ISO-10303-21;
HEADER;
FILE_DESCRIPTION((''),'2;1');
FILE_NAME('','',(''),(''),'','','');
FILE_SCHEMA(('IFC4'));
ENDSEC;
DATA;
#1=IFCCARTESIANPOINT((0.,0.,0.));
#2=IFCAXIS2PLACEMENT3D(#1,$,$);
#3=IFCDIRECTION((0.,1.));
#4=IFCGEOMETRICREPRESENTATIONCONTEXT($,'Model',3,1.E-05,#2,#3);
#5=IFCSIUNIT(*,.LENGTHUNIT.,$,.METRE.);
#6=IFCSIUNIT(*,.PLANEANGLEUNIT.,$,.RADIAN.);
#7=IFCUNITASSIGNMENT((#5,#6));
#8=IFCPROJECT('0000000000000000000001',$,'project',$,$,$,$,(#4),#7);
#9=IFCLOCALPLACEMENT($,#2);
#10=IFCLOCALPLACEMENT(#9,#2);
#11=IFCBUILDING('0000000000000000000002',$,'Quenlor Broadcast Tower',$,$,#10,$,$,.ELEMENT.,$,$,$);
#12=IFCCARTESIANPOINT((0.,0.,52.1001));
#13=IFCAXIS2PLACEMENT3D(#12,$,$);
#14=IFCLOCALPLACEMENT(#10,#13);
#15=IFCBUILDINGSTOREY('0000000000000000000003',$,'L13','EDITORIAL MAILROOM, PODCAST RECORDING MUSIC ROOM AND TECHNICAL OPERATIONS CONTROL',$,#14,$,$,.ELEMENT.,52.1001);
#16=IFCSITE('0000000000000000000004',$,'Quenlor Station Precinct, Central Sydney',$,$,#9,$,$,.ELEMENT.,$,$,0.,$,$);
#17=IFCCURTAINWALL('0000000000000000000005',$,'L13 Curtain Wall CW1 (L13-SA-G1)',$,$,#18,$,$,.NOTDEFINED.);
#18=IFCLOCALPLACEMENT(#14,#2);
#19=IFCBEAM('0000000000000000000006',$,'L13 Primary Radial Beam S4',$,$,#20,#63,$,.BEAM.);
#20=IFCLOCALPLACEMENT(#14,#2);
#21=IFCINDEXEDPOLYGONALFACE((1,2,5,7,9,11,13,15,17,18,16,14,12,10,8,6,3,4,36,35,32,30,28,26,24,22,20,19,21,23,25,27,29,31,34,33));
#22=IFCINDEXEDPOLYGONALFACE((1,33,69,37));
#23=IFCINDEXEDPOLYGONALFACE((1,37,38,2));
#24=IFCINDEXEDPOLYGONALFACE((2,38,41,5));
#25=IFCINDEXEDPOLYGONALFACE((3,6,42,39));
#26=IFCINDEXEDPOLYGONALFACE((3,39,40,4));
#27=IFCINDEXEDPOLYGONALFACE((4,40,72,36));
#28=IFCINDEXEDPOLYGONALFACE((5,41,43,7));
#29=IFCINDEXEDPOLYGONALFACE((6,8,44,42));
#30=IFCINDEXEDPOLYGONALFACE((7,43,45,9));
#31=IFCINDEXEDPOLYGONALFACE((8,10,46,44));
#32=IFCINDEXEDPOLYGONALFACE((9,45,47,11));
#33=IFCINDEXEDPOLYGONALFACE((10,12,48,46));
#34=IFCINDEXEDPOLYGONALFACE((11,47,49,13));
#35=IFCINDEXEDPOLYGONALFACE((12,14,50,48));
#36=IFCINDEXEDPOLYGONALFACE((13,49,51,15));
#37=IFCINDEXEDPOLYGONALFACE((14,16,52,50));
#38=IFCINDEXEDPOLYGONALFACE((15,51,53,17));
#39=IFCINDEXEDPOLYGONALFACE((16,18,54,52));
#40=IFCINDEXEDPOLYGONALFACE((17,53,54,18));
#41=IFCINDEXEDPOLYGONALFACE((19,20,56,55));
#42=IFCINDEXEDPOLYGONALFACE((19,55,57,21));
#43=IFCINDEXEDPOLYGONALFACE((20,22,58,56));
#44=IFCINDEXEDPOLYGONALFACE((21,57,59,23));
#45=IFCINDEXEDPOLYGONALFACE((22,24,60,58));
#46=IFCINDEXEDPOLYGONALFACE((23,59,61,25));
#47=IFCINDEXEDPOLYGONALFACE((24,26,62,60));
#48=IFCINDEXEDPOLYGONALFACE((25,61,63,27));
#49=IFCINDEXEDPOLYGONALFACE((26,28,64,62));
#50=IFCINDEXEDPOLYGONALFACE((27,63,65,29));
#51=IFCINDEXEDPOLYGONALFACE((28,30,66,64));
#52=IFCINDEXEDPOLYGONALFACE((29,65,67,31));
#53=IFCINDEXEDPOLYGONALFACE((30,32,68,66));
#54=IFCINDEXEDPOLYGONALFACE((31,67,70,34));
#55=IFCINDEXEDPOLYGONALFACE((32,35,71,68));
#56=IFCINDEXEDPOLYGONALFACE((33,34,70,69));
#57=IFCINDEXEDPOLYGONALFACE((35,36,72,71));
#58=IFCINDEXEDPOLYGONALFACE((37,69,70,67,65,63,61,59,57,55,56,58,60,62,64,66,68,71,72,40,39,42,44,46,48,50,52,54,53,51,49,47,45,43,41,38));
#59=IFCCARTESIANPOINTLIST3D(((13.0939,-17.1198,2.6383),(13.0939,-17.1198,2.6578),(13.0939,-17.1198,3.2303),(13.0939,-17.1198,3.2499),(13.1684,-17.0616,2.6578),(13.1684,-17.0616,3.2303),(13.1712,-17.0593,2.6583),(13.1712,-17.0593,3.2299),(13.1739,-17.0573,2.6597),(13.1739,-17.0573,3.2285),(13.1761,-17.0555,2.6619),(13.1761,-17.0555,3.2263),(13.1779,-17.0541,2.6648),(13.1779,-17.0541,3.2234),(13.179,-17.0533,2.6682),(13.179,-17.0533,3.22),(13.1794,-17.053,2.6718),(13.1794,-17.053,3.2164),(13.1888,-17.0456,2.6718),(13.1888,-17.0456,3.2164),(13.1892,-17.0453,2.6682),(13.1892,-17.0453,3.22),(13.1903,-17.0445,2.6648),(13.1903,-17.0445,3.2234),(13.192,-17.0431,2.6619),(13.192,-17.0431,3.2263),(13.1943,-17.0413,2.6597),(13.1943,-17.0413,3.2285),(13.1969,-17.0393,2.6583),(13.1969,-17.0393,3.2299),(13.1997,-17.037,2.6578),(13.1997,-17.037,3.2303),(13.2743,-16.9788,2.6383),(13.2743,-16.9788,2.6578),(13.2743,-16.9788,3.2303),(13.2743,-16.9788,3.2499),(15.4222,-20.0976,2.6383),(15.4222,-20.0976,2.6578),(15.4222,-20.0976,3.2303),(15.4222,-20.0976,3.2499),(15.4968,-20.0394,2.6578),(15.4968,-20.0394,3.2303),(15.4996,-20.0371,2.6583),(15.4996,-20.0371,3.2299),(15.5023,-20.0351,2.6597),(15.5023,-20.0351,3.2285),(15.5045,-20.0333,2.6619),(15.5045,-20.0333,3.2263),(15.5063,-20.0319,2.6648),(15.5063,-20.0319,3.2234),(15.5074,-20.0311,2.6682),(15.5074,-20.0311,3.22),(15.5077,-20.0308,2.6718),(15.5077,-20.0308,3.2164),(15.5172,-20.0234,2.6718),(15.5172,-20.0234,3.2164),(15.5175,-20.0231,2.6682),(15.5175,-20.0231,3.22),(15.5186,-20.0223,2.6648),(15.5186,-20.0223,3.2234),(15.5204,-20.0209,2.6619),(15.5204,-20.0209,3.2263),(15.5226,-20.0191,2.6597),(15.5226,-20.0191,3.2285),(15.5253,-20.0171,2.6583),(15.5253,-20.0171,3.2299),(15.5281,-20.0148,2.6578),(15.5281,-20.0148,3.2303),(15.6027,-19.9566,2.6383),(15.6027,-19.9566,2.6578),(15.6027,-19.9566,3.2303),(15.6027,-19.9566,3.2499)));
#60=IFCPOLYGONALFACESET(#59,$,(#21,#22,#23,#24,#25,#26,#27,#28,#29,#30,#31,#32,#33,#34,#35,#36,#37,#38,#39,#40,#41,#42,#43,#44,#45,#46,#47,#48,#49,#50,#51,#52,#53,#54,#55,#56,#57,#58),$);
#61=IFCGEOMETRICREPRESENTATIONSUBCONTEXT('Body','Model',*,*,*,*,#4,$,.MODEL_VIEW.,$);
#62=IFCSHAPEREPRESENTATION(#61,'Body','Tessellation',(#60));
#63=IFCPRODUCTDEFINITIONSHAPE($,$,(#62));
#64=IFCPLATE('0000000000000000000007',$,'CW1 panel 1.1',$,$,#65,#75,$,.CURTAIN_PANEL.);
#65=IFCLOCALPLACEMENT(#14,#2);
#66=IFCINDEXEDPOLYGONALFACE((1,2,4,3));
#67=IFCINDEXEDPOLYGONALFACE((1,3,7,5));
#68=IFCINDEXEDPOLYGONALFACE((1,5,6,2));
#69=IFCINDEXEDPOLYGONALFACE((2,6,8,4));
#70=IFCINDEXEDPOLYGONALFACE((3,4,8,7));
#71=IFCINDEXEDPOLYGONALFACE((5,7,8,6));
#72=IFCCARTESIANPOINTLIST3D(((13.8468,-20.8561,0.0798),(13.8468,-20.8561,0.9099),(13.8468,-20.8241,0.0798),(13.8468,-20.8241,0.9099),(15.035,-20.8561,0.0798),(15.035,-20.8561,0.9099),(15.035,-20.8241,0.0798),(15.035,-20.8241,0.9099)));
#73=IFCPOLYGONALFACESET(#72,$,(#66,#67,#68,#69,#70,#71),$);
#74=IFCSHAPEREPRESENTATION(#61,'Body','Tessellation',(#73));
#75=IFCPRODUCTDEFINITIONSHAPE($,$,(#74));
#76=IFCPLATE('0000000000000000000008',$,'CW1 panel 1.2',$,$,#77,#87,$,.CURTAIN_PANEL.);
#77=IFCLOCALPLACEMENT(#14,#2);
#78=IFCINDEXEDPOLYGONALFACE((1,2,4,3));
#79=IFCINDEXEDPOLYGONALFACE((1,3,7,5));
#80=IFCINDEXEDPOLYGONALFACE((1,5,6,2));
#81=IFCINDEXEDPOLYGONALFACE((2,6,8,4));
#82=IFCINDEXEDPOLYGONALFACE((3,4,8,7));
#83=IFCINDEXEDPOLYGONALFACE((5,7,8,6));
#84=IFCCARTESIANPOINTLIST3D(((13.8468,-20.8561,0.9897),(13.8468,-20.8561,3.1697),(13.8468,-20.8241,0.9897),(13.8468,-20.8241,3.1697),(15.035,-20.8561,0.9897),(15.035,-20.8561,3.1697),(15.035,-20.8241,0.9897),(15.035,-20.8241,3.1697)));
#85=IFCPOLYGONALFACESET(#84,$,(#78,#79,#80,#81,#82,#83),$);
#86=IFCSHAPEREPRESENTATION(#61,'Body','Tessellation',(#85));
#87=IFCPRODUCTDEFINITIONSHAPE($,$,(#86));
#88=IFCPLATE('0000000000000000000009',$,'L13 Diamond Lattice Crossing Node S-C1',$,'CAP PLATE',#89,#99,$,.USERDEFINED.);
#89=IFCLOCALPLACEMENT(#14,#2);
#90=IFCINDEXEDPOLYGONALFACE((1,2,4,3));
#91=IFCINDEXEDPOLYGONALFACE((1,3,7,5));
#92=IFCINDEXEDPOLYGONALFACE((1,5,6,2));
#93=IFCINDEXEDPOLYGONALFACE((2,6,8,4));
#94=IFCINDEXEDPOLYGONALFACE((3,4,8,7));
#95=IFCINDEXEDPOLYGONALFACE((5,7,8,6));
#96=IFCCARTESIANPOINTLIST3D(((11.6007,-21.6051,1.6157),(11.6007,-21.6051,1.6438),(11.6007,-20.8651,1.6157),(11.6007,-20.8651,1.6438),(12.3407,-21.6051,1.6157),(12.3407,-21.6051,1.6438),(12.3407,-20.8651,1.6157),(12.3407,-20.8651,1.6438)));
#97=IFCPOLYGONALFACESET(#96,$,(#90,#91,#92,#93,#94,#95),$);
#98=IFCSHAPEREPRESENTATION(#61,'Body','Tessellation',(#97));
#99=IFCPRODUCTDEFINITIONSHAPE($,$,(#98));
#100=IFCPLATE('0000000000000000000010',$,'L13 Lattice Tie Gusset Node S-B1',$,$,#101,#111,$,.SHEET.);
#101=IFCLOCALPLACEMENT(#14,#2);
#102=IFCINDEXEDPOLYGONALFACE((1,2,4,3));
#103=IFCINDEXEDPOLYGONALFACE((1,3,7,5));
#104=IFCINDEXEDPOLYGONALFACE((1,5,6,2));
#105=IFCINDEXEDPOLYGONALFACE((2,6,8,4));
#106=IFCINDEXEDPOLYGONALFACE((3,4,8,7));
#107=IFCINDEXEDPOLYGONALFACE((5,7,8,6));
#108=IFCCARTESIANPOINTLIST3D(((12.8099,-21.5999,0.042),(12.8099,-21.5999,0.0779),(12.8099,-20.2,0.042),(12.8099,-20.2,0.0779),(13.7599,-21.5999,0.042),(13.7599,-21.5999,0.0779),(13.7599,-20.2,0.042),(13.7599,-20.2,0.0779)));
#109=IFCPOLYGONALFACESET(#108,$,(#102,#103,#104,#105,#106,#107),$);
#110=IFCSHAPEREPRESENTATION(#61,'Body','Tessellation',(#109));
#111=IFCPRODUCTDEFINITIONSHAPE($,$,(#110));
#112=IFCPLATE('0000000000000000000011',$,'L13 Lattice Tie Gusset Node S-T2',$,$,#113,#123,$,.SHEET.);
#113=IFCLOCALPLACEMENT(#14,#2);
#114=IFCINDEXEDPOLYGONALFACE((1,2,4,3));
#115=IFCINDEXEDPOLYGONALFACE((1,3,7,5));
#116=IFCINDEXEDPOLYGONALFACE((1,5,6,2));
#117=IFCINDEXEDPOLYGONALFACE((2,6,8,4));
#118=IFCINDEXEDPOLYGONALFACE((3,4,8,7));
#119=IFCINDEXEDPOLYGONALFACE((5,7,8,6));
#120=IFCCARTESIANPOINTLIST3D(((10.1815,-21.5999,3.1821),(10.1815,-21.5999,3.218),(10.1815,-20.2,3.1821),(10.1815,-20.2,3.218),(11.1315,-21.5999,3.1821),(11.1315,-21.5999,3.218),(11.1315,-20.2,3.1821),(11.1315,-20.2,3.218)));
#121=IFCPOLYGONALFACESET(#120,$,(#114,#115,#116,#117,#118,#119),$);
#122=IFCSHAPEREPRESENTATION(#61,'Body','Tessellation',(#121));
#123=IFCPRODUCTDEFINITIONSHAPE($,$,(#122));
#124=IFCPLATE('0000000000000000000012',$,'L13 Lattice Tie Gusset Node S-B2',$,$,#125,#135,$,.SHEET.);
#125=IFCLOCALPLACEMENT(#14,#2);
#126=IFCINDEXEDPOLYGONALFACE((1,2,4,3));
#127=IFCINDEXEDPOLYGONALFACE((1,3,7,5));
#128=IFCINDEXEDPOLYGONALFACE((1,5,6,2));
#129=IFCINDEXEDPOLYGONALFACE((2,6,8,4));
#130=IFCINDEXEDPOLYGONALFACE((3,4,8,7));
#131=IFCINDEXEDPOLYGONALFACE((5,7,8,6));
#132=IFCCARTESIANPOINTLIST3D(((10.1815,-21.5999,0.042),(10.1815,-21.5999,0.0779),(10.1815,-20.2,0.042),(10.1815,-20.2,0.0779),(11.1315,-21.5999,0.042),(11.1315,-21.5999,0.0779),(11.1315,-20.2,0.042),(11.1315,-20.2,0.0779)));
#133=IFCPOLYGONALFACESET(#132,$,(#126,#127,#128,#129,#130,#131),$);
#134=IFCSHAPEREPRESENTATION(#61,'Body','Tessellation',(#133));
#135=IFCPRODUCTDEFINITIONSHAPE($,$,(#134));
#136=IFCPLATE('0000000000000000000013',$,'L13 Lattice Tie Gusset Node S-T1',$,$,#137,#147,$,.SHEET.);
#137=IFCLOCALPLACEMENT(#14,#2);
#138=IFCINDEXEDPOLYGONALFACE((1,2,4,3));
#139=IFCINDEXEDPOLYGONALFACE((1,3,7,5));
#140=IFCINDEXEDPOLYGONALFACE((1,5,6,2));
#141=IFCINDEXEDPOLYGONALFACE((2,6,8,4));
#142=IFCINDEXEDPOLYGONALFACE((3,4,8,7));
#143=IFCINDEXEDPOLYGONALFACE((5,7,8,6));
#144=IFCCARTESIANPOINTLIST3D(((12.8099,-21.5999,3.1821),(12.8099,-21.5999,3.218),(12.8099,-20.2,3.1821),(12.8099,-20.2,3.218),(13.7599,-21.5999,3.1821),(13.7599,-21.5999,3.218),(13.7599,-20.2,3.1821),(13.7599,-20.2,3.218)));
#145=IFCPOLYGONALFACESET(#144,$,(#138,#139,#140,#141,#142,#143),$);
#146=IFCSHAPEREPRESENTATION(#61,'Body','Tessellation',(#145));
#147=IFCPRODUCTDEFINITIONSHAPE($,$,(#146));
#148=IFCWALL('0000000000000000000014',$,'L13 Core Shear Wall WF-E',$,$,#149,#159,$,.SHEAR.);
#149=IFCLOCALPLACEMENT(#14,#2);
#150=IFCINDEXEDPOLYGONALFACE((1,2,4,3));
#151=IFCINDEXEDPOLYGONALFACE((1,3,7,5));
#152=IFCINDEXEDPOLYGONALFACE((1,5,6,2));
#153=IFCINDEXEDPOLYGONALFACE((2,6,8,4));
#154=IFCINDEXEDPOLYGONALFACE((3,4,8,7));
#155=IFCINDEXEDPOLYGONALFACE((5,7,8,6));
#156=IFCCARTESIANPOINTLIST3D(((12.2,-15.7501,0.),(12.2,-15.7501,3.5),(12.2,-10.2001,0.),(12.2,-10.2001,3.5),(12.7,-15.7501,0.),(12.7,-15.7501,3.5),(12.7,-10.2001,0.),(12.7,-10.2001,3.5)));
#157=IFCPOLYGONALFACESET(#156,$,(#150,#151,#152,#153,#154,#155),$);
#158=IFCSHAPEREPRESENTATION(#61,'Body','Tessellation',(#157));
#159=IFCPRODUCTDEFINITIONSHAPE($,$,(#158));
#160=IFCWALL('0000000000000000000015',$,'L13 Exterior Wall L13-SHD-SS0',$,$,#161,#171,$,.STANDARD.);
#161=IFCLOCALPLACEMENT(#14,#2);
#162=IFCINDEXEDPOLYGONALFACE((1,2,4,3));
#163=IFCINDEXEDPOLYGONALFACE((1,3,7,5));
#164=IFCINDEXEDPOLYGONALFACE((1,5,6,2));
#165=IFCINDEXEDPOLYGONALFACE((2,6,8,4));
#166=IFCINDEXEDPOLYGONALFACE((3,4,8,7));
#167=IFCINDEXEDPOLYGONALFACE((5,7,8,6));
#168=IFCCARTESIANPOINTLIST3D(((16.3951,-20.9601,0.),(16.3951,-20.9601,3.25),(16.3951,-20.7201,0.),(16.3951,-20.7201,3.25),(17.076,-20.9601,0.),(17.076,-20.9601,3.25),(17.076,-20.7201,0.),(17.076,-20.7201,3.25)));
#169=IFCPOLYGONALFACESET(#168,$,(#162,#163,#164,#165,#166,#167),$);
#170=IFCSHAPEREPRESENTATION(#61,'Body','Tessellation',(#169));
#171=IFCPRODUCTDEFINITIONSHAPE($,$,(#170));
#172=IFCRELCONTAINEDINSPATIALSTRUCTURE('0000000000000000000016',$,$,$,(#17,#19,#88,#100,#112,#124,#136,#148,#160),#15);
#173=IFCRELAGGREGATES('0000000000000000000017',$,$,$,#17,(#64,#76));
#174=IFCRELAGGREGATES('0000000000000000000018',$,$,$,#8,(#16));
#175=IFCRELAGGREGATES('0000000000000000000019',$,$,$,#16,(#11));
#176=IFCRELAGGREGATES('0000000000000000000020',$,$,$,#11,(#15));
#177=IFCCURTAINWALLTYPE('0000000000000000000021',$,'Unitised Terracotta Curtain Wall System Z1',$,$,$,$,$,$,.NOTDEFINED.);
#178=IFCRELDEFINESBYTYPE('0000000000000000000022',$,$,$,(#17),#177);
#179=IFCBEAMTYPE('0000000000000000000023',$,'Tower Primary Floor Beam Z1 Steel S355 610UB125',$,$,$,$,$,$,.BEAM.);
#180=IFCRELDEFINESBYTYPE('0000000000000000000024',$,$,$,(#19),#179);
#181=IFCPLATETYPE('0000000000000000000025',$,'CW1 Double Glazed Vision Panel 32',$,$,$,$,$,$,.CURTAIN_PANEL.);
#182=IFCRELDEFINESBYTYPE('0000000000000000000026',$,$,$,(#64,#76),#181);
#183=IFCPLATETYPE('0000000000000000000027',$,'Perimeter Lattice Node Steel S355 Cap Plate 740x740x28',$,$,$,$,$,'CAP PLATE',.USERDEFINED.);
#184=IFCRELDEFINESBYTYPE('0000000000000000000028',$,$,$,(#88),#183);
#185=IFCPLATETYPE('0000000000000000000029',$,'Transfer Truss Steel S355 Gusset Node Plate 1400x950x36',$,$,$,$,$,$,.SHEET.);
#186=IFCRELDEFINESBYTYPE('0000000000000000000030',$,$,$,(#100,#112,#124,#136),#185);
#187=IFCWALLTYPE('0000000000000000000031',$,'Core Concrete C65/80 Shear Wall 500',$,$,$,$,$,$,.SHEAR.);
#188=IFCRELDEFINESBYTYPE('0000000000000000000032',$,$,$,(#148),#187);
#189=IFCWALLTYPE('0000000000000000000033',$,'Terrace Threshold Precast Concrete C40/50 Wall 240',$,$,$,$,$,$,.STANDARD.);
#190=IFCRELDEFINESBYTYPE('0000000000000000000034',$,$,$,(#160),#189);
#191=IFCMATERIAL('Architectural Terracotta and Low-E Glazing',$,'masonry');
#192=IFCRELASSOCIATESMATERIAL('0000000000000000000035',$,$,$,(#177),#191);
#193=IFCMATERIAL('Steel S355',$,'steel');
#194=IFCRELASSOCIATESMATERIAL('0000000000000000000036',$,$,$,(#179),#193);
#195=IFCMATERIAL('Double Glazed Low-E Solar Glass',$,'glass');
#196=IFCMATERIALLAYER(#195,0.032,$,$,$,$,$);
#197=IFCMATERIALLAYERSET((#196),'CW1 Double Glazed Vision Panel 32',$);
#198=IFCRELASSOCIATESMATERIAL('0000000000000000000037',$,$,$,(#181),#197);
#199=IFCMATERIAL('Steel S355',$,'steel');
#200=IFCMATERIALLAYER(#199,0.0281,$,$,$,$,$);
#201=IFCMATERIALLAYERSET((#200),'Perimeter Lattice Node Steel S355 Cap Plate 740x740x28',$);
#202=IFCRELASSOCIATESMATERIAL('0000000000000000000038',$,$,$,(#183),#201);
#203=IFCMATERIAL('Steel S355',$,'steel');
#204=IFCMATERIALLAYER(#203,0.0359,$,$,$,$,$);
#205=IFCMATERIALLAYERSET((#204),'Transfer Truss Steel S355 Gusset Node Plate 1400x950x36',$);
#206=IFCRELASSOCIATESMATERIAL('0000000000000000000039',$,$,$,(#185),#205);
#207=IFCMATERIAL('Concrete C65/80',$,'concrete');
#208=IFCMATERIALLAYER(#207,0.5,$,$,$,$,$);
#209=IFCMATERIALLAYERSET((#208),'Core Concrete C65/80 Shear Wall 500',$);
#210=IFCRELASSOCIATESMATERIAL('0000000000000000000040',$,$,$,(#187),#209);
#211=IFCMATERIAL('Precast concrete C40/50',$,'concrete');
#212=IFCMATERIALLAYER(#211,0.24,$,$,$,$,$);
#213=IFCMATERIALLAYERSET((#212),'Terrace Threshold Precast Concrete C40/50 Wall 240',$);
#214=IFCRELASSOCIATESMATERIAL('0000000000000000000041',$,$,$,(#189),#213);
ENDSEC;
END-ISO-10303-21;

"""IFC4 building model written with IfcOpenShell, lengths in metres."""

from ifc_helpers import new_model, si_unit, direction, frame, frame_2d, origin, origin_2d, place, context, subcontext, project, spatial, rectangle, i_section, extrude, material, layer, layer_set, material_profile, profile_set, type_object, element, aggregate, save


model = new_model("IFC4")

# Units and contexts
model_context = context("Model", 3, precision=1e-05, world=origin(), true_north=direction((0.0, 1.0)))
body_context = subcontext(model_context, "Body", "Model", "MODEL_VIEW")
ifc_project = project(units=[si_unit("LENGTHUNIT", "METRE"), si_unit("PLANEANGLEUNIT", "RADIAN")], contexts=[model_context])

# Site, building, storey
site_placement = place(None, origin())
site = spatial("IfcSite", under=ifc_project, at=site_placement, Name="Quenlor Station Precinct, Central Sydney", CompositionType="ELEMENT", RefElevation=0.0)
building_placement = place(site_placement, origin())
building = spatial("IfcBuilding", under=site, at=building_placement, Name="Quenlor Broadcast Tower", CompositionType="ELEMENT")
storey_placement = place(building_placement, frame((0.0, 0.0, 52.1001)))
storey = spatial("IfcBuildingStorey", under=building, at=storey_placement, Name="L13", Description="EDITORIAL MAILROOM, PODCAST RECORDING MUSIC ROOM AND TECHNICAL OPERATIONS CONTROL", CompositionType="ELEMENT", Elevation=52.1001)

# Curtain wall
ifc_material_1 = material(Name="Architectural Terracotta and Low-E Glazing", Category="masonry")
curtain_wall_type = type_object("IfcCurtainWallType", Name="Unitised Terracotta Curtain Wall System Z1", PredefinedType="NOTDEFINED", material=ifc_material_1)
curtain_wall_1_placement = place(storey_placement, origin())
curtain_wall_1 = element("IfcCurtainWall", 1, at=curtain_wall_1_placement, inside=storey, type_object=curtain_wall_type, Name="L13 Curtain Wall CW1 (L13-SA-G1)", PredefinedType="NOTDEFINED")

# Beam
ifc_material_2 = material(Name="Steel S355", Category="steel")
ifc_material_profile_1 = material_profile(ifc_material_2, i_section(OverallWidth=0.229, OverallDepth=0.6116, WebThickness=0.012, FlangeThickness=0.0195, FilletRadius=0.0139, at=origin_2d()))
ifc_profile_set_1 = profile_set([ifc_material_profile_1], Name="Steel S355 610UB125")
beam_type_1 = type_object("IfcBeamType", Name="Tower Primary Floor Beam Z1 Steel S355 610UB125", PredefinedType="BEAM", material=ifc_profile_set_1)
beam_1_placement = place(storey_placement, frame((15.5125, -20.0271, 2.9441), z_axis=(-0.615969, 0.787771, 0.0), x_axis=(-0.787771, -0.615969, 0.0)))
element("IfcBeam", 2, at=beam_1_placement, inside=storey, type_object=beam_type_1, Name="L13 Primary Radial Beam S4", PredefinedType="BEAM", context=body_context, shape_type="SweptSolid", body=[
    extrude(i_section(OverallWidth=0.229, OverallDepth=0.6116, WebThickness=0.012, FlangeThickness=0.0195, FilletRadius=0.0139, at=origin_2d()), origin(), (0.0, 0.0, 1.0), 3.78),
])

# Plates
ifc_material_3 = material(Name="Double Glazed Low-E Solar Glass", Category="glass")
ifc_layer_1 = layer(ifc_material_3, 0.032)
ifc_layer_set_1 = layer_set([ifc_layer_1], Name="CW1 Double Glazed Vision Panel 32")
plate_type_1 = type_object("IfcPlateType", Name="CW1 Double Glazed Vision Panel 32", PredefinedType="CURTAIN_PANEL", material=ifc_layer_set_1)
plate_1_placement = place(storey_placement, frame((14.4409, -20.8401, 0.0798), z_axis=(0.0, 0.0, 1.0), x_axis=(-1.0, 0.0, 0.0)))
plate_1 = element("IfcPlate", 3, at=plate_1_placement, type_object=plate_type_1, Name="CW1 panel 1.1", PredefinedType="CURTAIN_PANEL", context=body_context, shape_type="SweptSolid", body=[
    extrude(rectangle(XDim=1.1882, YDim=0.032, at=origin_2d()), origin(), (0.0, 0.0, 1.0), 0.8301),
])
plate_2_placement = place(storey_placement, frame((14.4409, -20.8401, 0.9897), z_axis=(0.0, 0.0, 1.0), x_axis=(-1.0, 0.0, 0.0)))
plate_2 = element("IfcPlate", 4, at=plate_2_placement, type_object=plate_type_1, Name="CW1 panel 1.2", PredefinedType="CURTAIN_PANEL", context=body_context, shape_type="SweptSolid", body=[
    extrude(rectangle(XDim=1.1882, YDim=0.032, at=origin_2d()), origin(), (0.0, 0.0, 1.0), 2.1799),
])
aggregate(curtain_wall_1, [plate_1, plate_2])

# Plates
ifc_material_4 = material(Name="Steel S355", Category="steel")
ifc_layer_2 = layer(ifc_material_4, 0.0281)
ifc_layer_set_2 = layer_set([ifc_layer_2], Name="Perimeter Lattice Node Steel S355 Cap Plate 740x740x28")
plate_type_2 = type_object("IfcPlateType", Name="Perimeter Lattice Node Steel S355 Cap Plate 740x740x28", ElementType="CAP PLATE", PredefinedType="USERDEFINED", material=ifc_layer_set_2)
plate_3_placement = place(storey_placement, frame((11.9707, -21.2351, 1.6157), z_axis=(0.0, 0.0, 1.0), x_axis=(-1.0, 0.0, 0.0)))
element("IfcPlate", 5, at=plate_3_placement, inside=storey, type_object=plate_type_2, Name="L13 Diamond Lattice Crossing Node S-C1", ObjectType="CAP PLATE", PredefinedType="USERDEFINED", context=body_context, shape_type="SweptSolid", body=[
    extrude(rectangle(XDim=0.74, YDim=0.74, at=origin_2d()), origin(), (0.0, 0.0, 1.0), 0.0281),
])
ifc_material_5 = material(Name="Steel S355", Category="steel")
ifc_layer_3 = layer(ifc_material_5, 0.0359)
ifc_layer_set_3 = layer_set([ifc_layer_3], Name="Transfer Truss Steel S355 Gusset Node Plate 1400x950x36")
plate_type_3 = type_object("IfcPlateType", Name="Transfer Truss Steel S355 Gusset Node Plate 1400x950x36", PredefinedType="SHEET", material=ifc_layer_set_3)
for number, where, z_axis, x_axis, name in (
    (6, (13.2849, -20.8999, 0.042), (0.0, 0.0, 1.0), (0.0, -1.0, 0.0), "L13 Lattice Tie Gusset Node S-B1"),
    (7, (10.6565, -20.8999, 3.1821), (0.0, 0.0, 1.0), (0.0, -1.0, 0.0), "L13 Lattice Tie Gusset Node S-T2"),
    (8, (10.6565, -20.8999, 0.042), (0.0, 0.0, 1.0), (0.0, -1.0, 0.0), "L13 Lattice Tie Gusset Node S-B2"),
    (9, (13.2849, -20.8999, 3.1821), (0.0, 0.0, 1.0), (0.0, -1.0, 0.0), "L13 Lattice Tie Gusset Node S-T1"),
):
    element("IfcPlate", number, at=place(storey_placement, frame(where, z_axis=z_axis, x_axis=x_axis)), inside=storey, type_object=plate_type_3, Name=name, PredefinedType="SHEET", context=body_context, shape_type="SweptSolid", body=[
        extrude(rectangle(XDim=1.3999, YDim=0.95, at=origin_2d()), origin(), (0.0, 0.0, 1.0), 0.0359),
    ])

# Walls
ifc_material_6 = material(Name="Concrete C65/80", Category="concrete")
ifc_layer_4 = layer(ifc_material_6, 0.5)
ifc_layer_set_4 = layer_set([ifc_layer_4], Name="Core Concrete C65/80 Shear Wall 500")
wall_type_1 = type_object("IfcWallType", Name="Core Concrete C65/80 Shear Wall 500", PredefinedType="SHEAR", material=ifc_layer_set_4)
wall_1_placement = place(storey_placement, frame((12.45, -15.75, 0.0), z_axis=(0.0, 0.0, 1.0), x_axis=(0.0, 1.0, 0.0)))
element("IfcWall", 10, at=wall_1_placement, inside=storey, type_object=wall_type_1, Name="L13 Core Shear Wall WF-E", PredefinedType="SHEAR", context=body_context, shape_type="SweptSolid", body=[
    extrude(rectangle(XDim=5.55, YDim=0.5, at=frame_2d((2.7749, 0.0))), origin(), (0.0, 0.0, 1.0), 3.5),
])
ifc_material_7 = material(Name="Precast concrete C40/50", Category="concrete")
ifc_layer_5 = layer(ifc_material_7, 0.24)
ifc_layer_set_5 = layer_set([ifc_layer_5], Name="Terrace Threshold Precast Concrete C40/50 Wall 240")
wall_type_2 = type_object("IfcWallType", Name="Terrace Threshold Precast Concrete C40/50 Wall 240", PredefinedType="STANDARD", material=ifc_layer_set_5)
wall_2_placement = place(storey_placement, frame((17.0759, -20.8401, 0.0), z_axis=(0.0, 0.0, 1.0), x_axis=(-1.0, 0.0, 0.0)))
element("IfcWall", 11, at=wall_2_placement, inside=storey, type_object=wall_type_2, Name="L13 Exterior Wall L13-SHD-SS0", PredefinedType="STANDARD", context=body_context, shape_type="SweptSolid", body=[
    extrude(rectangle(XDim=0.6809, YDim=0.24, at=frame_2d((0.3403, 0.0))), origin(), (0.0, 0.0, 1.0), 3.25),
])

save(model, "model.ifc")
